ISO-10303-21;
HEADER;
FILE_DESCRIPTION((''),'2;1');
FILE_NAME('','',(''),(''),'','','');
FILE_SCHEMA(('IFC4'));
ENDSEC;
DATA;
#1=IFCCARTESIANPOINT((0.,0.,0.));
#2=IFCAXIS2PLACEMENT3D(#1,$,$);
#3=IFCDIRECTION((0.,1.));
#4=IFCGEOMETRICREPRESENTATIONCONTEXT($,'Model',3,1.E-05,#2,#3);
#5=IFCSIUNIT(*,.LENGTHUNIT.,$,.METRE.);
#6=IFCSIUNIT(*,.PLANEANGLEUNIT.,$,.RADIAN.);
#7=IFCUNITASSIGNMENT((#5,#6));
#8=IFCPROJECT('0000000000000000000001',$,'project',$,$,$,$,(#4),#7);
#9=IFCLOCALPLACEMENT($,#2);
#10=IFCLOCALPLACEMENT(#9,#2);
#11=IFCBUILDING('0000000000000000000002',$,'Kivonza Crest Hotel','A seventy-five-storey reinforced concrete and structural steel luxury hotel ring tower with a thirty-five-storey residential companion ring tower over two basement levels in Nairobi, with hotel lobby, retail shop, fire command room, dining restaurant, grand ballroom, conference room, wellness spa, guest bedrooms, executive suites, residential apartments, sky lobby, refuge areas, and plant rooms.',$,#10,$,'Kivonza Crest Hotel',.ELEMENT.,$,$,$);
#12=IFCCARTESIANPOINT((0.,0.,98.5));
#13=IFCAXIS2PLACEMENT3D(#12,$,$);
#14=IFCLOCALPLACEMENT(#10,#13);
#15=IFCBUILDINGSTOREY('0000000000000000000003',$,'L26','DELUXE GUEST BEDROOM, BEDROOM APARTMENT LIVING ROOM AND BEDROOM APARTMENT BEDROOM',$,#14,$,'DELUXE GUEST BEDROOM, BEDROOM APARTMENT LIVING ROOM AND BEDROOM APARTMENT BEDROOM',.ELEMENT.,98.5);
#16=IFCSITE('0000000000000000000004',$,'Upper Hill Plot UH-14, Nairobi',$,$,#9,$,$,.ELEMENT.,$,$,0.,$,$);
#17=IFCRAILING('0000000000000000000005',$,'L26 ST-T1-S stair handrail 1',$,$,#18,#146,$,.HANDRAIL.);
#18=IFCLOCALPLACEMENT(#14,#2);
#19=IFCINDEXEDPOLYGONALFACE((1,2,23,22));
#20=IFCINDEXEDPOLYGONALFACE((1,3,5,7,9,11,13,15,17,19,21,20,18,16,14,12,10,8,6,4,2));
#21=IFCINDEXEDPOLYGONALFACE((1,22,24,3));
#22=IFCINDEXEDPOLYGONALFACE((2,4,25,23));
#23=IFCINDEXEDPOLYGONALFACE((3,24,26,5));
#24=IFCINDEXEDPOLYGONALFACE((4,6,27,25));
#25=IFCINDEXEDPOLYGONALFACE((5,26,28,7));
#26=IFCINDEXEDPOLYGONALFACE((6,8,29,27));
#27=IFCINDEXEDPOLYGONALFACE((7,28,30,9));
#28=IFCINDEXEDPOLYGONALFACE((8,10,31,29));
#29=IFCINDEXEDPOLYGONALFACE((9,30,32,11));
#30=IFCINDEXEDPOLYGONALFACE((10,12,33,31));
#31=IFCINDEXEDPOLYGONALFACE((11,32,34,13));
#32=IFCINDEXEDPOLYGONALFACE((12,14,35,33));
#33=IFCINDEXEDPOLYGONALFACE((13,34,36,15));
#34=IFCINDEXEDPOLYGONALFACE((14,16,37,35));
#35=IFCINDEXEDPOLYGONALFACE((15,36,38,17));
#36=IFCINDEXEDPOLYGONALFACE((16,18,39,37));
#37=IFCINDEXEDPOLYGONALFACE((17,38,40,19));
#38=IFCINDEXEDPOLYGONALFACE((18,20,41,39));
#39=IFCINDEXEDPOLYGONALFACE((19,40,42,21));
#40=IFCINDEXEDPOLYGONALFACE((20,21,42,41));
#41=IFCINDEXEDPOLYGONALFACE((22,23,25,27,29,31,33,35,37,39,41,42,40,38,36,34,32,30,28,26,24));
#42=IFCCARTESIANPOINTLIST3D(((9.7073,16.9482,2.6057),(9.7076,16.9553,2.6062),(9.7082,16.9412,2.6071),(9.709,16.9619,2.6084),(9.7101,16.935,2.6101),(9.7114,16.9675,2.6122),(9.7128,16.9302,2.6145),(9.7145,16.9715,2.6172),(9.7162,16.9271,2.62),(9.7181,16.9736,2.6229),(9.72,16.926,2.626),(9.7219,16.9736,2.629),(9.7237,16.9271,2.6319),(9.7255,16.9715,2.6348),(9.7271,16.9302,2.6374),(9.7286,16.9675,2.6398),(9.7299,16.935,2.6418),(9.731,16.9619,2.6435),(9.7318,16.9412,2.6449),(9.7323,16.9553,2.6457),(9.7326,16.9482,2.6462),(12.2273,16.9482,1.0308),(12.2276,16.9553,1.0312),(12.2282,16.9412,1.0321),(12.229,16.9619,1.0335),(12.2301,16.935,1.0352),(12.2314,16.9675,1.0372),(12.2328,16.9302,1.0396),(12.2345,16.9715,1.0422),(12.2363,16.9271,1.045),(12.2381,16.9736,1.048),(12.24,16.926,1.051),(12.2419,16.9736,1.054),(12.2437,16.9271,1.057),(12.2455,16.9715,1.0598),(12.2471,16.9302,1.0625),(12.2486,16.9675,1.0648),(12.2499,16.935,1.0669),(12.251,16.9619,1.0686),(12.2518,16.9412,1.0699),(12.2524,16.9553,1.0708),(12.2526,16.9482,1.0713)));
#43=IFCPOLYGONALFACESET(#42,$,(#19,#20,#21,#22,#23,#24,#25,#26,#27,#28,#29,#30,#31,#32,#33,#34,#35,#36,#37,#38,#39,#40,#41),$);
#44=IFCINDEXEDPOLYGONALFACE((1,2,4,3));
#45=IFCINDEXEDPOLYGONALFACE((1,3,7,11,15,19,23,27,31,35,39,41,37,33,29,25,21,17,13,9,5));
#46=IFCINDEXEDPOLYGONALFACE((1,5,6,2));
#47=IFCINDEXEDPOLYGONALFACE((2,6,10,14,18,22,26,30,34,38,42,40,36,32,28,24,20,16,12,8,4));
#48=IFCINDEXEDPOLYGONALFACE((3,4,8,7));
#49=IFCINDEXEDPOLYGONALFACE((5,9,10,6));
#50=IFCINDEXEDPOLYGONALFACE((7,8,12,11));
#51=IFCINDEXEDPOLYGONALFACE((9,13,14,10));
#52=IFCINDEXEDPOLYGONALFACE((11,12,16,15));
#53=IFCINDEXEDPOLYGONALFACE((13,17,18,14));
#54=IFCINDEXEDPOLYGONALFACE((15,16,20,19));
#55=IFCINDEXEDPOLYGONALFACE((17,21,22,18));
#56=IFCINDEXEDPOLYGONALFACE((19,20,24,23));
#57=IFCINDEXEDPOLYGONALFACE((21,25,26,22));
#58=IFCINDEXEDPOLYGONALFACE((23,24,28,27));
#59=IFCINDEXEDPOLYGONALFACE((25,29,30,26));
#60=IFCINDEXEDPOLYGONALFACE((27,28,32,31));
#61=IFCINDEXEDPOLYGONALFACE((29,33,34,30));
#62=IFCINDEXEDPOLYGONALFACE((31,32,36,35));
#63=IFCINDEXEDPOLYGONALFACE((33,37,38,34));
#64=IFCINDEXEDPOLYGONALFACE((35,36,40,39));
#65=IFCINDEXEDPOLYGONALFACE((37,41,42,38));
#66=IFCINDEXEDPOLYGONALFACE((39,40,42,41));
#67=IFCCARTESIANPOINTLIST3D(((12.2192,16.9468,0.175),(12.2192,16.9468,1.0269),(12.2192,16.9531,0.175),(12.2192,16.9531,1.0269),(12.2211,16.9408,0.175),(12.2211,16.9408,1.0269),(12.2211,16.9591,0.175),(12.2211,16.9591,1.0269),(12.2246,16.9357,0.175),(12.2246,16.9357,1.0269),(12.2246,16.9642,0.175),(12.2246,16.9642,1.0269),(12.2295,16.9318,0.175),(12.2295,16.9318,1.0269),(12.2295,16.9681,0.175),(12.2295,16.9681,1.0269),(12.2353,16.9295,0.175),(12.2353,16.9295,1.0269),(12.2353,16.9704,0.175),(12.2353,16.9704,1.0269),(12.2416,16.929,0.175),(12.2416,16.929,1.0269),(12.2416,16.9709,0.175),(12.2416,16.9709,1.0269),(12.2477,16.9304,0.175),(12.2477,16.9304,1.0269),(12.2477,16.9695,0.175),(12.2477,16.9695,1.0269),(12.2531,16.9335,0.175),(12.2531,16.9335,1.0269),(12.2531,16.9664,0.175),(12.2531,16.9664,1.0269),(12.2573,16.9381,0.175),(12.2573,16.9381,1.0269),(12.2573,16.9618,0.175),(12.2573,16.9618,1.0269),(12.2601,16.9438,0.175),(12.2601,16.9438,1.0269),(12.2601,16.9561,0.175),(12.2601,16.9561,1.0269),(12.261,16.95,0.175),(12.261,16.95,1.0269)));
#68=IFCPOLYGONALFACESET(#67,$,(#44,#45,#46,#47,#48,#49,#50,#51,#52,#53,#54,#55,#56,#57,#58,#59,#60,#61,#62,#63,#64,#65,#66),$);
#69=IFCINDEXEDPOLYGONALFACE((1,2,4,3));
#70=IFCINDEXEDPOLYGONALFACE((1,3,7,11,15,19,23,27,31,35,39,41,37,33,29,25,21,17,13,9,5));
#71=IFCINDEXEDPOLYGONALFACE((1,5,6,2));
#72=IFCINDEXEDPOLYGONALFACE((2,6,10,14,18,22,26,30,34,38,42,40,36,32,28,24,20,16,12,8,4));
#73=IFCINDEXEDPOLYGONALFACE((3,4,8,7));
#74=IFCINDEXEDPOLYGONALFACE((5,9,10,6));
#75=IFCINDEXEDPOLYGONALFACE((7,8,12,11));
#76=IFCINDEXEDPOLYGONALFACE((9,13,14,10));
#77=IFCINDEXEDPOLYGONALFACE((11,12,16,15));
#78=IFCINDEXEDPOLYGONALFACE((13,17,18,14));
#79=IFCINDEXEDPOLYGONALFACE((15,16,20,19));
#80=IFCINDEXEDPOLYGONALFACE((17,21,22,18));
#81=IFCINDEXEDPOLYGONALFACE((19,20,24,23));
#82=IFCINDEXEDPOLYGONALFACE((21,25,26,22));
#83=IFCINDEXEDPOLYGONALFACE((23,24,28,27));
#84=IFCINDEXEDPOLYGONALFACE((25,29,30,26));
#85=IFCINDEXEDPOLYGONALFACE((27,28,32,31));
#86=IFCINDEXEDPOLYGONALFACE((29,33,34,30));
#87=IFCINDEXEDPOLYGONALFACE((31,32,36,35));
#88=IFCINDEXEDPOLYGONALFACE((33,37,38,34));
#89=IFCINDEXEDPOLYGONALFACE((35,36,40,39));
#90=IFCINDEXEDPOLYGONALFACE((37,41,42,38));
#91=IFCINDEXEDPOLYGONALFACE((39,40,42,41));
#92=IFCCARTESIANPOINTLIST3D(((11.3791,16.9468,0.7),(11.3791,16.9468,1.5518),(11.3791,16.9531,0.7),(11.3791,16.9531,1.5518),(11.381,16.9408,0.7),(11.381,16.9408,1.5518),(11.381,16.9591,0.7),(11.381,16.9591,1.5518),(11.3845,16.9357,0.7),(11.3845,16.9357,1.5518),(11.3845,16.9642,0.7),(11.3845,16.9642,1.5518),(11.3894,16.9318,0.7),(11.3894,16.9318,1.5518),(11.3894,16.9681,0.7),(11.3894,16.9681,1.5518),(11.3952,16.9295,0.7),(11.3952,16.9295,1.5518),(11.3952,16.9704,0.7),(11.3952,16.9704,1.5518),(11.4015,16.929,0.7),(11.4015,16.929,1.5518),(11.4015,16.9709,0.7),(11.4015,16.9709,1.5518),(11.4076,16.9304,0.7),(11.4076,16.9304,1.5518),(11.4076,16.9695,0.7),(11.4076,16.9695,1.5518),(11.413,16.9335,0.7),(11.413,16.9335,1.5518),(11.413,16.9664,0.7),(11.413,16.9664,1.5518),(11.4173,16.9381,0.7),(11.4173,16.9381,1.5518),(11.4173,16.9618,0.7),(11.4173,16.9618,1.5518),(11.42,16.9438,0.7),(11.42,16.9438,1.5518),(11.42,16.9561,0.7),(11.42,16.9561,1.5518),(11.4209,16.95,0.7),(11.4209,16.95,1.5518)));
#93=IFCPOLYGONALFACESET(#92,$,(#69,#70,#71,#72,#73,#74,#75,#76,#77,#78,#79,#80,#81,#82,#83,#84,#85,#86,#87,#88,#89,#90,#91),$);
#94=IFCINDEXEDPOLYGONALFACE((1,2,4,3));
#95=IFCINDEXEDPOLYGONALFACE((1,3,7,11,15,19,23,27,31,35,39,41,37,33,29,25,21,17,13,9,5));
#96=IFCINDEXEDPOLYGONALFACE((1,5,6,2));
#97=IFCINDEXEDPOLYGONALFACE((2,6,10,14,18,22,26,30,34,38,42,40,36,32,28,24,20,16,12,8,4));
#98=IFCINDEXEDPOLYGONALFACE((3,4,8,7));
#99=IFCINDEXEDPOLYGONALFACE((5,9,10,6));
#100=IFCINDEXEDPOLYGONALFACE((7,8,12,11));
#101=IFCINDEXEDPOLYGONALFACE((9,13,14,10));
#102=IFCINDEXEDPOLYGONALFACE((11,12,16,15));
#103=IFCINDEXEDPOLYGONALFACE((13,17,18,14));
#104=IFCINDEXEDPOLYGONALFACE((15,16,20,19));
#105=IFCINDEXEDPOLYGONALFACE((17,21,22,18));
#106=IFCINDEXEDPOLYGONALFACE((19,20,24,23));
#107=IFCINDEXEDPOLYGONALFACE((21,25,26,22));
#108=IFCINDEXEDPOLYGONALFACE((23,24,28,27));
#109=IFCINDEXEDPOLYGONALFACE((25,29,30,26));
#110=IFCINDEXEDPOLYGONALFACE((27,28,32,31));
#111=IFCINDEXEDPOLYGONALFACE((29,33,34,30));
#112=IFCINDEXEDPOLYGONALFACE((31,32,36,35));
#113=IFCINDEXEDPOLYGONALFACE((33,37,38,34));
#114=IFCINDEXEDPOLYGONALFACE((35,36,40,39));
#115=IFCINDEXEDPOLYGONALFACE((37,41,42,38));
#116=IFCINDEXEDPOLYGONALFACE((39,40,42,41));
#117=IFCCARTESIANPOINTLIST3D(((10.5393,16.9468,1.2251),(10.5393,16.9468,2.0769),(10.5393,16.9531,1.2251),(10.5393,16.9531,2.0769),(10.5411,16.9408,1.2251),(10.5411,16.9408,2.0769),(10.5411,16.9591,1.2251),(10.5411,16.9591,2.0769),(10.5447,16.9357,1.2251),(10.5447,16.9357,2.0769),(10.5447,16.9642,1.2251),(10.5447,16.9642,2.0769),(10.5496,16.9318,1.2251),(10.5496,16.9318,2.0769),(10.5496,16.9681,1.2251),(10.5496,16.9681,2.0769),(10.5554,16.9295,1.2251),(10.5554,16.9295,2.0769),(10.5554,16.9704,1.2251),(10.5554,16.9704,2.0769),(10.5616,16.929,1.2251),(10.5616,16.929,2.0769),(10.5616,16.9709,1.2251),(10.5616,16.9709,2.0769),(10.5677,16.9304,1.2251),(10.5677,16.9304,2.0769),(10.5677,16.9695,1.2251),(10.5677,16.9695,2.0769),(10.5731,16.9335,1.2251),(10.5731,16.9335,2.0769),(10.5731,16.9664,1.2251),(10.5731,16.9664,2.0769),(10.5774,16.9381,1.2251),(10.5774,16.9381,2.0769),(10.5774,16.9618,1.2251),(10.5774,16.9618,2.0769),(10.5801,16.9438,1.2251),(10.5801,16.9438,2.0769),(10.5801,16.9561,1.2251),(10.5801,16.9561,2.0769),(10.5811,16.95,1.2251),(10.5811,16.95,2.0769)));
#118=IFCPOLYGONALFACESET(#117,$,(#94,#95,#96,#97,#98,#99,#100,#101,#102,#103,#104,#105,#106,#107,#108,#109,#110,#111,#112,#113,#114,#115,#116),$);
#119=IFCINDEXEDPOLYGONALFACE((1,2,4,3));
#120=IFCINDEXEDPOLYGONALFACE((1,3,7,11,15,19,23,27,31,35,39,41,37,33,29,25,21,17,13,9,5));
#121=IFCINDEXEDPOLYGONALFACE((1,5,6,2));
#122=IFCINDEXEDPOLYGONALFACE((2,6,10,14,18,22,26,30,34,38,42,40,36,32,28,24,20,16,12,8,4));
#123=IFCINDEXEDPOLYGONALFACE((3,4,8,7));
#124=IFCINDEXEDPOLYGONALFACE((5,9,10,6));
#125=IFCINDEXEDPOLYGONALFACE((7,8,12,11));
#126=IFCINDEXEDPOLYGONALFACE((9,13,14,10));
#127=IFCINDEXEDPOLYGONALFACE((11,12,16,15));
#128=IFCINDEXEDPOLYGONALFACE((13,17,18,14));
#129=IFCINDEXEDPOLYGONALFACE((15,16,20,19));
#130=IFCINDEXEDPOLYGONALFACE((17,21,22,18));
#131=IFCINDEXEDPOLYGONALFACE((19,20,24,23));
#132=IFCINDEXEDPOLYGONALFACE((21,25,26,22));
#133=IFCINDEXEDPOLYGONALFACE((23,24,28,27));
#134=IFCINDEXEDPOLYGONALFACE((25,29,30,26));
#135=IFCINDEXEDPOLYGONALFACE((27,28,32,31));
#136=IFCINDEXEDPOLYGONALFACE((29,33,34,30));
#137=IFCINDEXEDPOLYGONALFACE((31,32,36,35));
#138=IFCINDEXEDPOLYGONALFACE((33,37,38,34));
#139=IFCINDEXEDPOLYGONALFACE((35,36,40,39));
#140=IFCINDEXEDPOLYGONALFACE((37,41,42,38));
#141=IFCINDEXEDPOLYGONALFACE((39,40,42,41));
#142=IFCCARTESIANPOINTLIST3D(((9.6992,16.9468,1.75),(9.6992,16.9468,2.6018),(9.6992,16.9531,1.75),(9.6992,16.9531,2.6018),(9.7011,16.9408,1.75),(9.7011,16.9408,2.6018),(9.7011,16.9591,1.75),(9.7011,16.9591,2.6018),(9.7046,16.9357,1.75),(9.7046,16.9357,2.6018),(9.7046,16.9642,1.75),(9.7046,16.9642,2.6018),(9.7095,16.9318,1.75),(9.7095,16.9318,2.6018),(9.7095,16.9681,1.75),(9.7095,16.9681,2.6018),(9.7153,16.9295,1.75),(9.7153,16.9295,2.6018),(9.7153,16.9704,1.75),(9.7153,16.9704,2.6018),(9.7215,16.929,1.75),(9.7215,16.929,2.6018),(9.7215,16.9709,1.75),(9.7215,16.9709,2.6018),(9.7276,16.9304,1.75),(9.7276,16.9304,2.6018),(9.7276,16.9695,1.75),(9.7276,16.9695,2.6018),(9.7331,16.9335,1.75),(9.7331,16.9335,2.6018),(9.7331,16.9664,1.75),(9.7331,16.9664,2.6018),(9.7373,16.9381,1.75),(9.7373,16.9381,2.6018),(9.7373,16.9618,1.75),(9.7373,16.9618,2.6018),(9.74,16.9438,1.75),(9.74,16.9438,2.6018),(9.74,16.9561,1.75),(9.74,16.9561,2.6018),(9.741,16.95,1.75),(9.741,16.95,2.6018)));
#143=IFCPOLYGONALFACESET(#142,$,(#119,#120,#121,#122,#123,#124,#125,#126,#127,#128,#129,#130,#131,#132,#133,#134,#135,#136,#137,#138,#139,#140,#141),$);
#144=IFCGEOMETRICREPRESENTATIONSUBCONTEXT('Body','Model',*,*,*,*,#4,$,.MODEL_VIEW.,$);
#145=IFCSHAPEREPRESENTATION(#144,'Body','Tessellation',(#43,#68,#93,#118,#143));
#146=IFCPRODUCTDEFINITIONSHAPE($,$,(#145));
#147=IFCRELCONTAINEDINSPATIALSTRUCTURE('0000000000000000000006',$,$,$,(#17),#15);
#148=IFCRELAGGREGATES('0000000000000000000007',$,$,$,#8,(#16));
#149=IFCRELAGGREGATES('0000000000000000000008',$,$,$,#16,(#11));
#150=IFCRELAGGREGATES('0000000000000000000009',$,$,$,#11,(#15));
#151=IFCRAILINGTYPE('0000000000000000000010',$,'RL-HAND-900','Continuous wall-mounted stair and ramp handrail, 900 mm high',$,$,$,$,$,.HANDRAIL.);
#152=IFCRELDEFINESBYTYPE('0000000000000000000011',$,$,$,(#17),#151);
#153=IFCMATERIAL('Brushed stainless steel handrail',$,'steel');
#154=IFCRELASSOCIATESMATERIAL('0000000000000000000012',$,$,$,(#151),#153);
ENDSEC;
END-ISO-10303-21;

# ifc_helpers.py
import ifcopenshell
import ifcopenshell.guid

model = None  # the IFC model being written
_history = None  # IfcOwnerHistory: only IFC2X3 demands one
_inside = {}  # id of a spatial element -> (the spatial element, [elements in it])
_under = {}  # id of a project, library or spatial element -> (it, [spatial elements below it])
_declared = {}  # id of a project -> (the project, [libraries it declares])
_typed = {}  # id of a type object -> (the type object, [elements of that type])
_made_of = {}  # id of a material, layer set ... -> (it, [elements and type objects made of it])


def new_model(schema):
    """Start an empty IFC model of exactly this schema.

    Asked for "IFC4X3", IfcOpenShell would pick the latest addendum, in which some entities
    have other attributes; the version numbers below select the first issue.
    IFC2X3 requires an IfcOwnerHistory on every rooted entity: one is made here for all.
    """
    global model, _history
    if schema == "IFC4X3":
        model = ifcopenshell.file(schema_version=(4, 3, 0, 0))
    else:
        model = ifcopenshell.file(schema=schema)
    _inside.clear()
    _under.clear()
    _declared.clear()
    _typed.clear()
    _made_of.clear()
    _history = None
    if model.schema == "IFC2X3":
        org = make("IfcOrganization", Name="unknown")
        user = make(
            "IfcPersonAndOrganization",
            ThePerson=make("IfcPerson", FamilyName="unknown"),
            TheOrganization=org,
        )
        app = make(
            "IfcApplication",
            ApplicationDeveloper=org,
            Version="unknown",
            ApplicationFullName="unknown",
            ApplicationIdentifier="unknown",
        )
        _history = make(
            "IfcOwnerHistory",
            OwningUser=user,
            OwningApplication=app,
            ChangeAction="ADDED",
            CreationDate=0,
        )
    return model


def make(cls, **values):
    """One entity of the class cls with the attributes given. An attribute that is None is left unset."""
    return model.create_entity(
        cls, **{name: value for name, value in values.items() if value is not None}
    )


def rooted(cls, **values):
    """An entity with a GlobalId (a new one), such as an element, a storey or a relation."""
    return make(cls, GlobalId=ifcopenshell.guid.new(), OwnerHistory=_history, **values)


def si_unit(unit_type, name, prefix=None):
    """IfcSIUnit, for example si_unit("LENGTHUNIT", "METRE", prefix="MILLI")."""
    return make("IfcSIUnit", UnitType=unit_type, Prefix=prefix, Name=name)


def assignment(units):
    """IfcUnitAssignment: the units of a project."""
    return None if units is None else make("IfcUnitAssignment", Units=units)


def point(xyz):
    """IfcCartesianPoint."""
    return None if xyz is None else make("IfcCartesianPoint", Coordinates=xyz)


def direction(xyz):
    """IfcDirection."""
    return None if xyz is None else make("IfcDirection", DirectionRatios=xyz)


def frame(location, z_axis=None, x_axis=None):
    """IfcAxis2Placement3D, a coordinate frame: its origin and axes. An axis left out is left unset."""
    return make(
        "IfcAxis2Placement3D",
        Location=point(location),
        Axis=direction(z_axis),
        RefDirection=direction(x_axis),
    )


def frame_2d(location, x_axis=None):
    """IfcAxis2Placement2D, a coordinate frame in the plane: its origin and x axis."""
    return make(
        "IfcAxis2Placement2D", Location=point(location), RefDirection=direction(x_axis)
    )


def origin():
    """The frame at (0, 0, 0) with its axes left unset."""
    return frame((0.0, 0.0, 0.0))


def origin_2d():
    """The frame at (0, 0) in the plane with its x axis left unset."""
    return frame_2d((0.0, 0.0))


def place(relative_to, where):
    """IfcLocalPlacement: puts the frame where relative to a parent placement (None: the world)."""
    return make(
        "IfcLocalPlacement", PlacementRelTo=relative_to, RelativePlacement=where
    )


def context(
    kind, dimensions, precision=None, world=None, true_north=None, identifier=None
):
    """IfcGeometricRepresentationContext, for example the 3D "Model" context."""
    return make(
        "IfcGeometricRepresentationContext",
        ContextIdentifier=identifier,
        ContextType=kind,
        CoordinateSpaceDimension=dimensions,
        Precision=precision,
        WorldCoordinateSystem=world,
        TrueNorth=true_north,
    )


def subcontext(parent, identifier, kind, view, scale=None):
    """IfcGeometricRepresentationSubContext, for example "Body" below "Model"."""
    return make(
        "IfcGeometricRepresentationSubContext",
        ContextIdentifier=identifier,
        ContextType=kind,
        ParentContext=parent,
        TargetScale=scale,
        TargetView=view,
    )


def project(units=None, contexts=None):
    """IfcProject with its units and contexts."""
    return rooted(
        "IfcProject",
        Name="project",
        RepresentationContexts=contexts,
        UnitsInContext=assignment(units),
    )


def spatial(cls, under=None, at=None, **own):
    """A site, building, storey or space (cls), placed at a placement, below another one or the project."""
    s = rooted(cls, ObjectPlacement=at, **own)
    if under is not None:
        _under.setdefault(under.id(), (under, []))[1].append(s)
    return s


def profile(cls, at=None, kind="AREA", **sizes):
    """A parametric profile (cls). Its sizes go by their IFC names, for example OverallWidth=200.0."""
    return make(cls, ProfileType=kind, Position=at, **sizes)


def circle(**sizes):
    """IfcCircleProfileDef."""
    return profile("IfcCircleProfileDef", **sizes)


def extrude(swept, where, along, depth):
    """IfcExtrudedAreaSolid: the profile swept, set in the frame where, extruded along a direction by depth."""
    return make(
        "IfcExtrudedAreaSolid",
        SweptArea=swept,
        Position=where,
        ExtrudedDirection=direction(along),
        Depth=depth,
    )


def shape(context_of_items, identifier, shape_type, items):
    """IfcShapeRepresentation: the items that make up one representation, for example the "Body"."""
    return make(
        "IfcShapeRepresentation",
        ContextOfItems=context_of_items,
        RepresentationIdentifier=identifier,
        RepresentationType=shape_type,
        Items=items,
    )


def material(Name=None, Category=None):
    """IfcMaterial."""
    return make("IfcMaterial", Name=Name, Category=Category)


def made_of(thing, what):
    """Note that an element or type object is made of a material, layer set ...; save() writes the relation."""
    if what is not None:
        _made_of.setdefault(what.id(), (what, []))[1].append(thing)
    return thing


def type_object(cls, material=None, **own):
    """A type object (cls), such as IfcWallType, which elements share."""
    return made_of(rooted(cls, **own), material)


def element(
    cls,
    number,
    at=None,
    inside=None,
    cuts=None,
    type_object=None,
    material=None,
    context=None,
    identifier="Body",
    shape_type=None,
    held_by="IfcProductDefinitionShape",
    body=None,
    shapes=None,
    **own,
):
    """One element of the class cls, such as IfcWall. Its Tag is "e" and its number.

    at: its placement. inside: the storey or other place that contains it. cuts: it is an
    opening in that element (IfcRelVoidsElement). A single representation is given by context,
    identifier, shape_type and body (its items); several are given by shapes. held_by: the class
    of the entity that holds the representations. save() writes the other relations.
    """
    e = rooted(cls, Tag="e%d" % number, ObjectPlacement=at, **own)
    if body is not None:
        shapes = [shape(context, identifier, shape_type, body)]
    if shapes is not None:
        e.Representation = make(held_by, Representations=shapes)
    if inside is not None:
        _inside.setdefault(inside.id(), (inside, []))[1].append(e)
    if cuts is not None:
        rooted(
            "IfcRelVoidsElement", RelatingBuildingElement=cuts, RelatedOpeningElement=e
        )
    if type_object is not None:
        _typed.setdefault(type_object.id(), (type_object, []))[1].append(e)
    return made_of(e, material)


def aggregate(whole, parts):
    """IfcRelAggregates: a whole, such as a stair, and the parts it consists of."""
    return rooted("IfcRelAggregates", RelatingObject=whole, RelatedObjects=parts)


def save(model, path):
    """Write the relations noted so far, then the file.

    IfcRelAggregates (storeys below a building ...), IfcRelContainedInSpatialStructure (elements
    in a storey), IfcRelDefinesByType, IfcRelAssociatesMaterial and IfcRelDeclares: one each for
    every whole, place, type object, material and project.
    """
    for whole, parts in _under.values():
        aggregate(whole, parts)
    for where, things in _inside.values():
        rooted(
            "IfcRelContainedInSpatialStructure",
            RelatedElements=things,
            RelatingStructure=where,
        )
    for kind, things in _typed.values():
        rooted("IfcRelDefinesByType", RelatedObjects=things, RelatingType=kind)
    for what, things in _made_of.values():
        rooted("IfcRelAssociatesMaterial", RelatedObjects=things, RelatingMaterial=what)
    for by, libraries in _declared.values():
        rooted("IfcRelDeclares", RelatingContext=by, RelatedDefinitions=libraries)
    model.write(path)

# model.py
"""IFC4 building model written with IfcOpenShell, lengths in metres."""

from ifc_helpers import new_model, si_unit, direction, frame, origin, origin_2d, place, context, subcontext, project, spatial, circle, extrude, material, type_object, element, save


model = new_model("IFC4")

# Units and contexts
model_context = context("Model", 3, precision=1e-05, world=origin(), true_north=direction((0.0, 1.0)))
body_context = subcontext(model_context, "Body", "Model", "MODEL_VIEW")
ifc_project = project(units=[si_unit("LENGTHUNIT", "METRE"), si_unit("PLANEANGLEUNIT", "RADIAN")], contexts=[model_context])

# Site, building, storey
site_placement = place(None, origin())
site = spatial("IfcSite", under=ifc_project, at=site_placement, Name="Upper Hill Plot UH-14, Nairobi", CompositionType="ELEMENT", RefElevation=0.0)
building_placement = place(site_placement, origin())
building = spatial("IfcBuilding", under=site, at=building_placement, Name="Kivonza Crest Hotel", Description="A seventy-five-storey reinforced concrete and structural steel luxury hotel ring tower with a thirty-five-storey residential companion ring tower over two basement levels in Nairobi, with hotel lobby, retail shop, fire command room, dining restaurant, grand ballroom, conference room, wellness spa, guest bedrooms, executive suites, residential apartments, sky lobby, refuge areas, and plant rooms.", LongName="Kivonza Crest Hotel", CompositionType="ELEMENT")
storey_placement = place(building_placement, frame((0.0, 0.0, 98.5)))
storey = spatial("IfcBuildingStorey", under=building, at=storey_placement, Name="L26", Description="DELUXE GUEST BEDROOM, BEDROOM APARTMENT LIVING ROOM AND BEDROOM APARTMENT BEDROOM", LongName="DELUXE GUEST BEDROOM, BEDROOM APARTMENT LIVING ROOM AND BEDROOM APARTMENT BEDROOM", CompositionType="ELEMENT", Elevation=98.5)

# Railing
ifc_material_1 = material(Name="Brushed stainless steel handrail", Category="steel")
railing_type_1 = type_object("IfcRailingType", Name="RL-HAND-900", Description="Continuous wall-mounted stair and ramp handrail, 900 mm high", PredefinedType="HANDRAIL", material=ifc_material_1)
railing_1_placement = place(storey_placement, frame((12.24, 16.95, 0.175)))
element("IfcRailing", 1, at=railing_1_placement, inside=storey, type_object=railing_type_1, Name="L26 ST-T1-S stair handrail 1", PredefinedType="HANDRAIL", context=body_context, shape_type="SweptSolid", body=[
    extrude(circle(Radius=0.0239, at=origin_2d()), frame((0.0, 0.0, 0.876), z_axis=(-0.848008, 0.0, 0.529984), x_axis=(0.0, -1.0, 0.0)), (0.0, 0.0, 1.0), 2.9717),
    extrude(circle(Radius=0.021, at=origin_2d()), origin(), (0.0, 0.0, 1.0), 0.8518),
    extrude(circle(Radius=0.021, at=origin_2d()), frame((-0.8401, 0.0, 0.5249)), (0.0, 0.0, 1.0), 0.8518),
    extrude(circle(Radius=0.021, at=origin_2d()), frame((-1.6799, 0.0, 1.05)), (0.0, 0.0, 1.0), 0.8518),
    extrude(circle(Radius=0.021, at=origin_2d()), frame((-2.52, 0.0, 1.575)), (0.0, 0.0, 1.0), 0.8518),
])

save(model, "model.ifc")
